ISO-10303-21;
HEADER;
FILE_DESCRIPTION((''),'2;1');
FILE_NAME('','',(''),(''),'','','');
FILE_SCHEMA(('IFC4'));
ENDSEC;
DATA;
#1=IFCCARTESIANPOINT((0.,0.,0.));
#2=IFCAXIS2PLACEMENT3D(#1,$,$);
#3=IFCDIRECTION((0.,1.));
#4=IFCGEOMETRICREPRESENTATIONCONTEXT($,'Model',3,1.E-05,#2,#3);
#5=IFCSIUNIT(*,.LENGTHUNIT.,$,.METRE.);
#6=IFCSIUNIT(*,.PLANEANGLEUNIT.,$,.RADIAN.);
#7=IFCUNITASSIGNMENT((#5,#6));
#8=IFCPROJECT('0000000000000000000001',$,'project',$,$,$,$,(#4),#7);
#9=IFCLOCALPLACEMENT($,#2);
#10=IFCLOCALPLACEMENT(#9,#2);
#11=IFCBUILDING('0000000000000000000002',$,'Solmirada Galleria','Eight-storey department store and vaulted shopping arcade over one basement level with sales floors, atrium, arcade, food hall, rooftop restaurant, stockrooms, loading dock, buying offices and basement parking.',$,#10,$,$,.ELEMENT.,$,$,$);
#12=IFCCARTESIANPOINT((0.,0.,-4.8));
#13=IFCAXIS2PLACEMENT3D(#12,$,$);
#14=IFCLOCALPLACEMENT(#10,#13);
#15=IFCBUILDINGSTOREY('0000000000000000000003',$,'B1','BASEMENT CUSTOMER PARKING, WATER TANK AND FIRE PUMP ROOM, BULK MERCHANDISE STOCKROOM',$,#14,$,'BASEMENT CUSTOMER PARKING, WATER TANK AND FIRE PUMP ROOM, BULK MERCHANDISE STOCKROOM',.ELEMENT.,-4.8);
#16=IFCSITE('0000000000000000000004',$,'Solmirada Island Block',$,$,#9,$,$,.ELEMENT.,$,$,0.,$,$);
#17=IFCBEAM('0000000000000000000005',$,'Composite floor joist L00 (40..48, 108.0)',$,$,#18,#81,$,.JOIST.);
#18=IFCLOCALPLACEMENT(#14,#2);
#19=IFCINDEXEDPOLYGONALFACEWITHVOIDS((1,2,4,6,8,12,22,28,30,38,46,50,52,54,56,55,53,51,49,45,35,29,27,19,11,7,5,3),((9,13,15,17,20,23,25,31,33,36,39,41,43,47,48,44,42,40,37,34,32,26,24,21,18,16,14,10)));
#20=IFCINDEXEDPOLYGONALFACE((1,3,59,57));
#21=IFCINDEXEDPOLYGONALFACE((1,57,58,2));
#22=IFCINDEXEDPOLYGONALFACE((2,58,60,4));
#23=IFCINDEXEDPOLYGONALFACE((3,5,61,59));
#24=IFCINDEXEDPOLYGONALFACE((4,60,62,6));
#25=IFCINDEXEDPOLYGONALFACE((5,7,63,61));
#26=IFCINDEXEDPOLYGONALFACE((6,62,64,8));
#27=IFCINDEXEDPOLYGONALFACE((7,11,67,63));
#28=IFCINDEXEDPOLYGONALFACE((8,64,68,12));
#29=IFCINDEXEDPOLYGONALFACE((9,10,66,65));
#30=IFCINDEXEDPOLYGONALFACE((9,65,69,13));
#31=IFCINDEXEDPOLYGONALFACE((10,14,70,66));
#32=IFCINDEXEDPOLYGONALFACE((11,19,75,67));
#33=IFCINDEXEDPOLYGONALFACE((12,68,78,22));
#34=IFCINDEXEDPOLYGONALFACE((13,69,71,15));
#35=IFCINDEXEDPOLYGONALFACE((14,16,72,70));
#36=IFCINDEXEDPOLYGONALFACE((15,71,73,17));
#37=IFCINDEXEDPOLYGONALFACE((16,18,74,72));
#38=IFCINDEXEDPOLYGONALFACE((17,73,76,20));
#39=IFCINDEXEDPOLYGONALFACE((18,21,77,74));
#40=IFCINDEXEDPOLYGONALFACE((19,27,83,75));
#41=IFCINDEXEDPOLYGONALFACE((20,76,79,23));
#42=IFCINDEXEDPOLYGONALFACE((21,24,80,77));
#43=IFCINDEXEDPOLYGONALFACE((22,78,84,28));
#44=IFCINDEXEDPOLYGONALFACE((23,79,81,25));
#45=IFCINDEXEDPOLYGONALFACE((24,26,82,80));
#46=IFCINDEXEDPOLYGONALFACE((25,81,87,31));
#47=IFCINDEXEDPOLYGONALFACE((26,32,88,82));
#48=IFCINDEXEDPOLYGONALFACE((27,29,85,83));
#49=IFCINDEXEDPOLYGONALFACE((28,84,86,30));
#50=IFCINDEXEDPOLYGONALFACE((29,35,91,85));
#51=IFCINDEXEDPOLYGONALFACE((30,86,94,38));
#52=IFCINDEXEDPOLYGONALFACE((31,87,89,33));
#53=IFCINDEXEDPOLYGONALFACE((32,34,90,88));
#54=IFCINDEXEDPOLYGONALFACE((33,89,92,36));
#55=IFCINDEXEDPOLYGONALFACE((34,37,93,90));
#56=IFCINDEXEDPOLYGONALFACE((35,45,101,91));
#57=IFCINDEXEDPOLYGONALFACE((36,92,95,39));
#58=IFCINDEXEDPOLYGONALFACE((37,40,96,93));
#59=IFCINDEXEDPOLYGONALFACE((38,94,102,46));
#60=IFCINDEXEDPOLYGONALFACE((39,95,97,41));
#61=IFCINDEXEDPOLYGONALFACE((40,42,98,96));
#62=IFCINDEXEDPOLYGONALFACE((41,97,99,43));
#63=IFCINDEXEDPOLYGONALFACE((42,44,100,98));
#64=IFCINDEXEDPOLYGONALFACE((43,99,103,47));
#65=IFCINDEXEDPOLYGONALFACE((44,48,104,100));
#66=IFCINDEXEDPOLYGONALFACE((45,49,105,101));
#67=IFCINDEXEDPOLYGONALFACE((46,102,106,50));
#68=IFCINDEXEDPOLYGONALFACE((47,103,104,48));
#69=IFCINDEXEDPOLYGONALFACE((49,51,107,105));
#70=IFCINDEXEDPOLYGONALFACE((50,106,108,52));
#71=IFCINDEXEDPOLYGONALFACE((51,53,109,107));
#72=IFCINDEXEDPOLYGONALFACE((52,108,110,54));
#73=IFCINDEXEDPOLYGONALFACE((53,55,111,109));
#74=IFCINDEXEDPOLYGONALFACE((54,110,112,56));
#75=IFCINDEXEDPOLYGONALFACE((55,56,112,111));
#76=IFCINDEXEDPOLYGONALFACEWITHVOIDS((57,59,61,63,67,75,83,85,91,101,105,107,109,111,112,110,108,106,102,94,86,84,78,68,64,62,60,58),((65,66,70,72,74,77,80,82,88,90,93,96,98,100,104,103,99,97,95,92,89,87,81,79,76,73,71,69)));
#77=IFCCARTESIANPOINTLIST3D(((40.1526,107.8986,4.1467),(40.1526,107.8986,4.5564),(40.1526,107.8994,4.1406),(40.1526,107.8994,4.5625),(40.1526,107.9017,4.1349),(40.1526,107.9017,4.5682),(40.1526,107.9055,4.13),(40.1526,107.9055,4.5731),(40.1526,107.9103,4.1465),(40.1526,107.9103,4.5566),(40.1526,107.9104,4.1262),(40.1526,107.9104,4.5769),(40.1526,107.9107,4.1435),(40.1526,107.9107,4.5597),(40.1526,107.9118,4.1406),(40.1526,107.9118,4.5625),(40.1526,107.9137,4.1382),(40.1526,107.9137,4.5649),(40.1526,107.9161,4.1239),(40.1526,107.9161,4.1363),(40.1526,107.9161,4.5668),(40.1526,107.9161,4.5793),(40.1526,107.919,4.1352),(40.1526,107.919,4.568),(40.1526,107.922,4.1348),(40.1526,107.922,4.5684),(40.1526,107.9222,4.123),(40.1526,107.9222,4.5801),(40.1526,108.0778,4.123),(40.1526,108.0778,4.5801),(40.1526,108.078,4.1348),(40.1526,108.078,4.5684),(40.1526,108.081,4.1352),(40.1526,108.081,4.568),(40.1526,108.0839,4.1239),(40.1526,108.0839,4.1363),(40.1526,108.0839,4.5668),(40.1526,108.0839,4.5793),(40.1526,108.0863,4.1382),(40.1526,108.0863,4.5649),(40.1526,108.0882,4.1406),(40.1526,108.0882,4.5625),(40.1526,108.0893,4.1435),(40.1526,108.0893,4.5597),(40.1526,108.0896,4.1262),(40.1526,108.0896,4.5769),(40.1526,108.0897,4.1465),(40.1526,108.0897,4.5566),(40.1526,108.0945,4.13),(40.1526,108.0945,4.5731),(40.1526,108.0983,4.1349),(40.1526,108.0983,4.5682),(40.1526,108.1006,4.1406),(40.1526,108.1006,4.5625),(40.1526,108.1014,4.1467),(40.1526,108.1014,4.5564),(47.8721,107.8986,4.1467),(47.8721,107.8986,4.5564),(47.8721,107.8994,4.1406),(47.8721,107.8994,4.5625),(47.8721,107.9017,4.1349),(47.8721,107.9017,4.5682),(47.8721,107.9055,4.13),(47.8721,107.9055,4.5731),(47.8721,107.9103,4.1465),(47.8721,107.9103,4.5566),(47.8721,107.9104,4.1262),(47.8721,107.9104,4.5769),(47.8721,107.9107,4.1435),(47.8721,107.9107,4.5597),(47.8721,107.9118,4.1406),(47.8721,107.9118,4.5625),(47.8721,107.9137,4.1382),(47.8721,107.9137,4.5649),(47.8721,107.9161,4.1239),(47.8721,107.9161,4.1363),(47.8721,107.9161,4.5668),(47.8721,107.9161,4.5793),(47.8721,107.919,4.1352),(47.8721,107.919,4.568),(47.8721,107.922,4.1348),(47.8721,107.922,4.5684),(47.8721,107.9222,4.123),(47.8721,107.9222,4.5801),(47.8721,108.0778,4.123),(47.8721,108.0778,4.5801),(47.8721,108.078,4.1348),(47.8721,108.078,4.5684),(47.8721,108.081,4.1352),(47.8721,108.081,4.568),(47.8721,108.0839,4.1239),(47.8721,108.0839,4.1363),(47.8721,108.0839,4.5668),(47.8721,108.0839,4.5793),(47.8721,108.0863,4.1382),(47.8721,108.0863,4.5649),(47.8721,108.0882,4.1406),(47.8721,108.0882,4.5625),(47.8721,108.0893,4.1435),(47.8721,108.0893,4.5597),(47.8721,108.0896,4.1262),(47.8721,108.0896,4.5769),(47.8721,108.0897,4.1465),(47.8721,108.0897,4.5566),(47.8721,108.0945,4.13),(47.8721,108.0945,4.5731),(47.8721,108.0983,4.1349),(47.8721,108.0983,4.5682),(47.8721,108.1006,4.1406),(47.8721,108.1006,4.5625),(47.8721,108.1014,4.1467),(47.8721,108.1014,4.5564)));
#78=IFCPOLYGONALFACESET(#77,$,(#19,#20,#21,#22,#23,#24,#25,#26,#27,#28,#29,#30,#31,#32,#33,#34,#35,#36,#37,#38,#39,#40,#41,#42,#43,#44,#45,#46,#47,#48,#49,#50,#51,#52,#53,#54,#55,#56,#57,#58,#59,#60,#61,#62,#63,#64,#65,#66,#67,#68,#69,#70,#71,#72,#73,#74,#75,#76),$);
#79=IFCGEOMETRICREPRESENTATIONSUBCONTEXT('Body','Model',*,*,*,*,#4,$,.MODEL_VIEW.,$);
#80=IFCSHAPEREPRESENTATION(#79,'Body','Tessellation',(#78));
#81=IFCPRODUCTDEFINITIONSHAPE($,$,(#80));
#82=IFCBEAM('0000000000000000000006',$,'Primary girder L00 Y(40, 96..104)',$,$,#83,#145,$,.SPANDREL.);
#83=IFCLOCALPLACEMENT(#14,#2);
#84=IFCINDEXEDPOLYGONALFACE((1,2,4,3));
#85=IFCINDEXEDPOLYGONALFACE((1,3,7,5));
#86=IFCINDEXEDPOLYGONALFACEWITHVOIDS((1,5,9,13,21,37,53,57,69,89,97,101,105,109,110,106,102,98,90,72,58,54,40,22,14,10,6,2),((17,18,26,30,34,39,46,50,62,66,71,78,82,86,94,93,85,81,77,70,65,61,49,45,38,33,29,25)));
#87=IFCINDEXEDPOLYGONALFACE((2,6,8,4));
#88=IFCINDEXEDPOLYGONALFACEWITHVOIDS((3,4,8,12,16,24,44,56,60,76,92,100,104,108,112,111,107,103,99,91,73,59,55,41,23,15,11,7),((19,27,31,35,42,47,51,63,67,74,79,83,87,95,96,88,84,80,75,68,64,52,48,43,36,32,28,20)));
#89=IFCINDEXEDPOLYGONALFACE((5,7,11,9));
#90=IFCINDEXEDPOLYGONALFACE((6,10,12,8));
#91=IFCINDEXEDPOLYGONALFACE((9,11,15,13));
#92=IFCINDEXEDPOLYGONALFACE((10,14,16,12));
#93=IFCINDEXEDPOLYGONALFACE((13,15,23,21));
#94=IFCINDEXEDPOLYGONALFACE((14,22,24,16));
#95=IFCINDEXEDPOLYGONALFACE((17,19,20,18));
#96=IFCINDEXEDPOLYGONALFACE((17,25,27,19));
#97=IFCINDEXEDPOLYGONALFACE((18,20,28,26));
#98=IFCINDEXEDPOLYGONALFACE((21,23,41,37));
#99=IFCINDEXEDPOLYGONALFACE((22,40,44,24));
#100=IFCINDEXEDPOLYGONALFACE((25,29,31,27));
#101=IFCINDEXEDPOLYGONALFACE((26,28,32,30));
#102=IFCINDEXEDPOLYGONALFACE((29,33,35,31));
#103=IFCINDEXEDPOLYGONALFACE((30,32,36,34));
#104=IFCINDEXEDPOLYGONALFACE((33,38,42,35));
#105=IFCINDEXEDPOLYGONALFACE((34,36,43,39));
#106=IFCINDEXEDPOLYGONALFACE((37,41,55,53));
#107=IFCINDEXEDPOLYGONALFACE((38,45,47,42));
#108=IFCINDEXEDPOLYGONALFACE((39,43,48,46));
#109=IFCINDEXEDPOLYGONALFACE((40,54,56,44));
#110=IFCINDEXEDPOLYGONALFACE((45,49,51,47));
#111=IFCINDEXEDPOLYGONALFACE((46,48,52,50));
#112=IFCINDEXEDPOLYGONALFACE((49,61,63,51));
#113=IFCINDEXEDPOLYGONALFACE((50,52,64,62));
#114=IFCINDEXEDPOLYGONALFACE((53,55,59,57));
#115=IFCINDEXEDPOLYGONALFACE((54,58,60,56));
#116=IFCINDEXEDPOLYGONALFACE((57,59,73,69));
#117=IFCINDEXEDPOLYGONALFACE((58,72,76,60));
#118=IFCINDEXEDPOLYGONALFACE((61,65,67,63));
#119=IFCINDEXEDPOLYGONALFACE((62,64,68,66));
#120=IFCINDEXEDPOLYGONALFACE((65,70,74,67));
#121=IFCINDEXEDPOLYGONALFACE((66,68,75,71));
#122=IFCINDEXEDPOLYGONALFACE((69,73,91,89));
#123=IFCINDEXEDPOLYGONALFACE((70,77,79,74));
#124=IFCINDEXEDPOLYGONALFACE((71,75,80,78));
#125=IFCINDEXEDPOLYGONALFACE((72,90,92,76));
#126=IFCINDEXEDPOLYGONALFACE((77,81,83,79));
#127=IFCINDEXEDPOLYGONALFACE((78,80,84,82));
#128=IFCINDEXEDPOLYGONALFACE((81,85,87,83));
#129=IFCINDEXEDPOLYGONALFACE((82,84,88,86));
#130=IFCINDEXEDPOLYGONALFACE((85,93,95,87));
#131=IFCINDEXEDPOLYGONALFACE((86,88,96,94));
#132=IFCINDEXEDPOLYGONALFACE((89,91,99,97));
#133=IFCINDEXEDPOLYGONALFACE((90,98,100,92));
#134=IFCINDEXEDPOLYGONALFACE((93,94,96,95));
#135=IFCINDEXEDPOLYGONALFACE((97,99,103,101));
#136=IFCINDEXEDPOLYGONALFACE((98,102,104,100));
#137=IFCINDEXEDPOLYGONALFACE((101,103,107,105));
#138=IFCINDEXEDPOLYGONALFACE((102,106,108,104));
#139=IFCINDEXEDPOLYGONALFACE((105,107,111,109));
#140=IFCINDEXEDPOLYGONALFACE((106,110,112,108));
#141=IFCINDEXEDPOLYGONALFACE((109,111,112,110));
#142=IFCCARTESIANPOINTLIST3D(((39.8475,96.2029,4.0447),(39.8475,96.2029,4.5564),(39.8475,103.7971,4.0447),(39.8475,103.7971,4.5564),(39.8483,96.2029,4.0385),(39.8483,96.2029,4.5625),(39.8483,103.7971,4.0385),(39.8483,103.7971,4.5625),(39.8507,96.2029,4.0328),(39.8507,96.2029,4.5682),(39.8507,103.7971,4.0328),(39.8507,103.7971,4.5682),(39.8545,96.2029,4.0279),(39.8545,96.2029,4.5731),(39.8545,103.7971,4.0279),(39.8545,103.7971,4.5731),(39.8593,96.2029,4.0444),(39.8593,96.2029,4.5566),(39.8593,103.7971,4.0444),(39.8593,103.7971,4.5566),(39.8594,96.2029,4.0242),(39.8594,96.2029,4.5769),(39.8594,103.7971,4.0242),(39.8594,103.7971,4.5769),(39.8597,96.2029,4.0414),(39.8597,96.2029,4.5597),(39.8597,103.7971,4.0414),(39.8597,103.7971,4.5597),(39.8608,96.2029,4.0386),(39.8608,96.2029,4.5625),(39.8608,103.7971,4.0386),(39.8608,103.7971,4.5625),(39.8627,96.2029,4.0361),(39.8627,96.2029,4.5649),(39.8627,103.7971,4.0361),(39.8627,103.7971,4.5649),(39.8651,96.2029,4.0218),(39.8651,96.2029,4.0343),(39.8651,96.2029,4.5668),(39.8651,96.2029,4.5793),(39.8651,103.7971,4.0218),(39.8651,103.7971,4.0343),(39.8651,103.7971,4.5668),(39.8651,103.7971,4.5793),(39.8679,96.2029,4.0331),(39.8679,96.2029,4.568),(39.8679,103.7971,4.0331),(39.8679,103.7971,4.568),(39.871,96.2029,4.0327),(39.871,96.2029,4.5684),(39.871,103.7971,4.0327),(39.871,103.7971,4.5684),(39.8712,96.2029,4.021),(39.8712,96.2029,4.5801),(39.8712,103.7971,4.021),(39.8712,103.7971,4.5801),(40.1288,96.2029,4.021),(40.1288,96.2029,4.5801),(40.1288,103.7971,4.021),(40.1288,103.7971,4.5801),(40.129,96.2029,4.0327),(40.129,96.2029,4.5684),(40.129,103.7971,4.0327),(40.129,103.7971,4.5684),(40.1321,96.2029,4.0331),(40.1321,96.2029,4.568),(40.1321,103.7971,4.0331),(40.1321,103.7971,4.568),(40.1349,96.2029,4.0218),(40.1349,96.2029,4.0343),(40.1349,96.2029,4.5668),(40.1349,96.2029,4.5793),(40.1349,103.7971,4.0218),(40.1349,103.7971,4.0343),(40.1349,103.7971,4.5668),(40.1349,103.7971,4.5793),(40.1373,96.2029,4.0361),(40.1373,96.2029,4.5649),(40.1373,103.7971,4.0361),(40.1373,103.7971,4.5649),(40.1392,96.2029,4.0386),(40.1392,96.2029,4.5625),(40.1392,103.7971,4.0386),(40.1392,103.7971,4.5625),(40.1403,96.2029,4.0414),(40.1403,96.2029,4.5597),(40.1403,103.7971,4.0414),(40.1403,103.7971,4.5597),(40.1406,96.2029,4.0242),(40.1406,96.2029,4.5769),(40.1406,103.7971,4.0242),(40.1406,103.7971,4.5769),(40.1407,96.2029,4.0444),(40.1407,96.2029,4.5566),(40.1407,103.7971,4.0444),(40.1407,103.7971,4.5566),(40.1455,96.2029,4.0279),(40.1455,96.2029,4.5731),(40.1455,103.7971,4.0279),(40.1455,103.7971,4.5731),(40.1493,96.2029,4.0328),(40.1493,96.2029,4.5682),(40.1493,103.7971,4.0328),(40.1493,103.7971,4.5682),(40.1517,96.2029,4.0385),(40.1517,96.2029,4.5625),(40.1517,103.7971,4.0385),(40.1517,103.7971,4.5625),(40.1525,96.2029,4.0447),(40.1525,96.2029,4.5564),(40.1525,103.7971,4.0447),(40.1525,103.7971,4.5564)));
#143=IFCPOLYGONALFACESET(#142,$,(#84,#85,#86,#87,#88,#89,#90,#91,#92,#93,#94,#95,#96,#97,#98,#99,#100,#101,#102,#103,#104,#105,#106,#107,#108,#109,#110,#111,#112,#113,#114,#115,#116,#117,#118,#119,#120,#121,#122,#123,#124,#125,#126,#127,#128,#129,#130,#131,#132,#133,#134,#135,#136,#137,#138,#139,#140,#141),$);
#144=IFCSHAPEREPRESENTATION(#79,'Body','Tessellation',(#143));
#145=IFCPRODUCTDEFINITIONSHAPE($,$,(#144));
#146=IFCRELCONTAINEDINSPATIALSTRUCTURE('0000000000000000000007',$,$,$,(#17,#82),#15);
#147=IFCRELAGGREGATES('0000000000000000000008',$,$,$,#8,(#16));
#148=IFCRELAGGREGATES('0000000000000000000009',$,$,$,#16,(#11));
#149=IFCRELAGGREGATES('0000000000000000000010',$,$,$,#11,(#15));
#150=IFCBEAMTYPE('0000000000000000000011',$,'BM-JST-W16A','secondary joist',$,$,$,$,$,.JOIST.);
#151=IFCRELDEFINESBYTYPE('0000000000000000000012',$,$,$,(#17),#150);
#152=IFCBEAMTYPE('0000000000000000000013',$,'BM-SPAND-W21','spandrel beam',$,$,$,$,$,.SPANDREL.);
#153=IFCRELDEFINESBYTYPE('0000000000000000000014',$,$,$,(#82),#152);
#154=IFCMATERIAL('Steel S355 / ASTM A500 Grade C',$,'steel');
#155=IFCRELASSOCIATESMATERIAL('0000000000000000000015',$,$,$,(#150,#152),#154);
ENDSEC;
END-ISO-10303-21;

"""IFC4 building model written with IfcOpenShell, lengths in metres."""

from ifc_helpers import new_model, si_unit, direction, frame, origin, origin_2d, place, context, subcontext, project, spatial, hollow_rectangle, extrude, material, material_profile, profile_set, type_object, element, save


model = new_model("IFC4")

# Units and contexts
model_context = context("Model", 3, precision=1e-05, world=origin(), true_north=direction((0.0, 1.0)))
body_context = subcontext(model_context, "Body", "Model", "MODEL_VIEW")
ifc_project = project(units=[si_unit("LENGTHUNIT", "METRE"), si_unit("PLANEANGLEUNIT", "RADIAN")], contexts=[model_context])

# Site, building, storey
site_placement = place(None, origin())
site = spatial("IfcSite", under=ifc_project, at=site_placement, Name="Solmirada Island Block", CompositionType="ELEMENT", RefElevation=0.0)
building_placement = place(site_placement, origin())
building = spatial("IfcBuilding", under=site, at=building_placement, Name="Solmirada Galleria", Description="Eight-storey department store and vaulted shopping arcade over one basement level with sales floors, atrium, arcade, food hall, rooftop restaurant, stockrooms, loading dock, buying offices and basement parking.", CompositionType="ELEMENT")
storey_placement = place(building_placement, frame((0.0, 0.0, -4.8)))
storey = spatial("IfcBuildingStorey", under=building, at=storey_placement, Name="B1", Description="BASEMENT CUSTOMER PARKING, WATER TANK AND FIRE PUMP ROOM, BULK MERCHANDISE STOCKROOM", LongName="BASEMENT CUSTOMER PARKING, WATER TANK AND FIRE PUMP ROOM, BULK MERCHANDISE STOCKROOM", CompositionType="ELEMENT", Elevation=-4.8)

# Shared definitions
ifc_material_1 = material(Name="Steel S355 / ASTM A500 Grade C", Category="steel")

# Beams
ifc_material_profile_1 = material_profile(ifc_material_1, hollow_rectangle(XDim=0.2029, YDim=0.457, WallThickness=0.0117, InnerFilletRadius=0.0117, OuterFilletRadius=0.0237, at=origin_2d()), Name="HSS18X8X1/2")
ifc_profile_set_1 = profile_set([ifc_material_profile_1], Name="Steel S355 / ASTM A500 Grade C")
beam_type_1 = type_object("IfcBeamType", Name="BM-JST-W16A", Description="secondary joist", PredefinedType="JOIST", material=ifc_profile_set_1)
for number, where, z_axis, x_axis, name in (
    (1, (40.1526, 108.0, 4.3516), (1.0, 0.0, 0.0), (0.0, 1.0, 0.0), "Composite floor joist L00 (40..48, 108.0)"),
):
    element("IfcBeam", number, at=place(storey_placement, frame(where, z_axis=z_axis, x_axis=x_axis)), inside=storey, type_object=beam_type_1, Name=name, PredefinedType="JOIST", context=body_context, shape_type="SweptSolid", body=[
        extrude(hollow_rectangle(XDim=0.2029, YDim=0.457, WallThickness=0.0117, InnerFilletRadius=0.0117, OuterFilletRadius=0.0237, at=origin_2d()), origin(), (0.0, 0.0, 1.0), 7.7195),
    ])
ifc_material_profile_2 = material_profile(ifc_material_1, hollow_rectangle(XDim=0.3049, YDim=0.5591, WallThickness=0.0117, InnerFilletRadius=0.0117, OuterFilletRadius=0.0237, at=origin_2d()), Name="HSS22X12X1/2")
ifc_profile_set_2 = profile_set([ifc_material_profile_2], Name="Steel S355 / ASTM A500 Grade C")
beam_type_2 = type_object("IfcBeamType", Name="BM-SPAND-W21", Description="spandrel beam", PredefinedType="SPANDREL", material=ifc_profile_set_2)
for number, where, z_axis, x_axis, name in (
    (2, (40.0, 96.2029, 4.3005), (0.0, 1.0, 0.0), (-1.0, 0.0, 0.0), "Primary girder L00 Y(40, 96..104)"),
):
    element("IfcBeam", number, at=place(storey_placement, frame(where, z_axis=z_axis, x_axis=x_axis)), inside=storey, type_object=beam_type_2, Name=name, PredefinedType="SPANDREL", context=body_context, shape_type="SweptSolid", body=[
        extrude(hollow_rectangle(XDim=0.3049, YDim=0.5591, WallThickness=0.0117, InnerFilletRadius=0.0117, OuterFilletRadius=0.0237, at=origin_2d()), origin(), (0.0, 0.0, 1.0), 7.5942),
    ])

save(model, "model.ifc")
